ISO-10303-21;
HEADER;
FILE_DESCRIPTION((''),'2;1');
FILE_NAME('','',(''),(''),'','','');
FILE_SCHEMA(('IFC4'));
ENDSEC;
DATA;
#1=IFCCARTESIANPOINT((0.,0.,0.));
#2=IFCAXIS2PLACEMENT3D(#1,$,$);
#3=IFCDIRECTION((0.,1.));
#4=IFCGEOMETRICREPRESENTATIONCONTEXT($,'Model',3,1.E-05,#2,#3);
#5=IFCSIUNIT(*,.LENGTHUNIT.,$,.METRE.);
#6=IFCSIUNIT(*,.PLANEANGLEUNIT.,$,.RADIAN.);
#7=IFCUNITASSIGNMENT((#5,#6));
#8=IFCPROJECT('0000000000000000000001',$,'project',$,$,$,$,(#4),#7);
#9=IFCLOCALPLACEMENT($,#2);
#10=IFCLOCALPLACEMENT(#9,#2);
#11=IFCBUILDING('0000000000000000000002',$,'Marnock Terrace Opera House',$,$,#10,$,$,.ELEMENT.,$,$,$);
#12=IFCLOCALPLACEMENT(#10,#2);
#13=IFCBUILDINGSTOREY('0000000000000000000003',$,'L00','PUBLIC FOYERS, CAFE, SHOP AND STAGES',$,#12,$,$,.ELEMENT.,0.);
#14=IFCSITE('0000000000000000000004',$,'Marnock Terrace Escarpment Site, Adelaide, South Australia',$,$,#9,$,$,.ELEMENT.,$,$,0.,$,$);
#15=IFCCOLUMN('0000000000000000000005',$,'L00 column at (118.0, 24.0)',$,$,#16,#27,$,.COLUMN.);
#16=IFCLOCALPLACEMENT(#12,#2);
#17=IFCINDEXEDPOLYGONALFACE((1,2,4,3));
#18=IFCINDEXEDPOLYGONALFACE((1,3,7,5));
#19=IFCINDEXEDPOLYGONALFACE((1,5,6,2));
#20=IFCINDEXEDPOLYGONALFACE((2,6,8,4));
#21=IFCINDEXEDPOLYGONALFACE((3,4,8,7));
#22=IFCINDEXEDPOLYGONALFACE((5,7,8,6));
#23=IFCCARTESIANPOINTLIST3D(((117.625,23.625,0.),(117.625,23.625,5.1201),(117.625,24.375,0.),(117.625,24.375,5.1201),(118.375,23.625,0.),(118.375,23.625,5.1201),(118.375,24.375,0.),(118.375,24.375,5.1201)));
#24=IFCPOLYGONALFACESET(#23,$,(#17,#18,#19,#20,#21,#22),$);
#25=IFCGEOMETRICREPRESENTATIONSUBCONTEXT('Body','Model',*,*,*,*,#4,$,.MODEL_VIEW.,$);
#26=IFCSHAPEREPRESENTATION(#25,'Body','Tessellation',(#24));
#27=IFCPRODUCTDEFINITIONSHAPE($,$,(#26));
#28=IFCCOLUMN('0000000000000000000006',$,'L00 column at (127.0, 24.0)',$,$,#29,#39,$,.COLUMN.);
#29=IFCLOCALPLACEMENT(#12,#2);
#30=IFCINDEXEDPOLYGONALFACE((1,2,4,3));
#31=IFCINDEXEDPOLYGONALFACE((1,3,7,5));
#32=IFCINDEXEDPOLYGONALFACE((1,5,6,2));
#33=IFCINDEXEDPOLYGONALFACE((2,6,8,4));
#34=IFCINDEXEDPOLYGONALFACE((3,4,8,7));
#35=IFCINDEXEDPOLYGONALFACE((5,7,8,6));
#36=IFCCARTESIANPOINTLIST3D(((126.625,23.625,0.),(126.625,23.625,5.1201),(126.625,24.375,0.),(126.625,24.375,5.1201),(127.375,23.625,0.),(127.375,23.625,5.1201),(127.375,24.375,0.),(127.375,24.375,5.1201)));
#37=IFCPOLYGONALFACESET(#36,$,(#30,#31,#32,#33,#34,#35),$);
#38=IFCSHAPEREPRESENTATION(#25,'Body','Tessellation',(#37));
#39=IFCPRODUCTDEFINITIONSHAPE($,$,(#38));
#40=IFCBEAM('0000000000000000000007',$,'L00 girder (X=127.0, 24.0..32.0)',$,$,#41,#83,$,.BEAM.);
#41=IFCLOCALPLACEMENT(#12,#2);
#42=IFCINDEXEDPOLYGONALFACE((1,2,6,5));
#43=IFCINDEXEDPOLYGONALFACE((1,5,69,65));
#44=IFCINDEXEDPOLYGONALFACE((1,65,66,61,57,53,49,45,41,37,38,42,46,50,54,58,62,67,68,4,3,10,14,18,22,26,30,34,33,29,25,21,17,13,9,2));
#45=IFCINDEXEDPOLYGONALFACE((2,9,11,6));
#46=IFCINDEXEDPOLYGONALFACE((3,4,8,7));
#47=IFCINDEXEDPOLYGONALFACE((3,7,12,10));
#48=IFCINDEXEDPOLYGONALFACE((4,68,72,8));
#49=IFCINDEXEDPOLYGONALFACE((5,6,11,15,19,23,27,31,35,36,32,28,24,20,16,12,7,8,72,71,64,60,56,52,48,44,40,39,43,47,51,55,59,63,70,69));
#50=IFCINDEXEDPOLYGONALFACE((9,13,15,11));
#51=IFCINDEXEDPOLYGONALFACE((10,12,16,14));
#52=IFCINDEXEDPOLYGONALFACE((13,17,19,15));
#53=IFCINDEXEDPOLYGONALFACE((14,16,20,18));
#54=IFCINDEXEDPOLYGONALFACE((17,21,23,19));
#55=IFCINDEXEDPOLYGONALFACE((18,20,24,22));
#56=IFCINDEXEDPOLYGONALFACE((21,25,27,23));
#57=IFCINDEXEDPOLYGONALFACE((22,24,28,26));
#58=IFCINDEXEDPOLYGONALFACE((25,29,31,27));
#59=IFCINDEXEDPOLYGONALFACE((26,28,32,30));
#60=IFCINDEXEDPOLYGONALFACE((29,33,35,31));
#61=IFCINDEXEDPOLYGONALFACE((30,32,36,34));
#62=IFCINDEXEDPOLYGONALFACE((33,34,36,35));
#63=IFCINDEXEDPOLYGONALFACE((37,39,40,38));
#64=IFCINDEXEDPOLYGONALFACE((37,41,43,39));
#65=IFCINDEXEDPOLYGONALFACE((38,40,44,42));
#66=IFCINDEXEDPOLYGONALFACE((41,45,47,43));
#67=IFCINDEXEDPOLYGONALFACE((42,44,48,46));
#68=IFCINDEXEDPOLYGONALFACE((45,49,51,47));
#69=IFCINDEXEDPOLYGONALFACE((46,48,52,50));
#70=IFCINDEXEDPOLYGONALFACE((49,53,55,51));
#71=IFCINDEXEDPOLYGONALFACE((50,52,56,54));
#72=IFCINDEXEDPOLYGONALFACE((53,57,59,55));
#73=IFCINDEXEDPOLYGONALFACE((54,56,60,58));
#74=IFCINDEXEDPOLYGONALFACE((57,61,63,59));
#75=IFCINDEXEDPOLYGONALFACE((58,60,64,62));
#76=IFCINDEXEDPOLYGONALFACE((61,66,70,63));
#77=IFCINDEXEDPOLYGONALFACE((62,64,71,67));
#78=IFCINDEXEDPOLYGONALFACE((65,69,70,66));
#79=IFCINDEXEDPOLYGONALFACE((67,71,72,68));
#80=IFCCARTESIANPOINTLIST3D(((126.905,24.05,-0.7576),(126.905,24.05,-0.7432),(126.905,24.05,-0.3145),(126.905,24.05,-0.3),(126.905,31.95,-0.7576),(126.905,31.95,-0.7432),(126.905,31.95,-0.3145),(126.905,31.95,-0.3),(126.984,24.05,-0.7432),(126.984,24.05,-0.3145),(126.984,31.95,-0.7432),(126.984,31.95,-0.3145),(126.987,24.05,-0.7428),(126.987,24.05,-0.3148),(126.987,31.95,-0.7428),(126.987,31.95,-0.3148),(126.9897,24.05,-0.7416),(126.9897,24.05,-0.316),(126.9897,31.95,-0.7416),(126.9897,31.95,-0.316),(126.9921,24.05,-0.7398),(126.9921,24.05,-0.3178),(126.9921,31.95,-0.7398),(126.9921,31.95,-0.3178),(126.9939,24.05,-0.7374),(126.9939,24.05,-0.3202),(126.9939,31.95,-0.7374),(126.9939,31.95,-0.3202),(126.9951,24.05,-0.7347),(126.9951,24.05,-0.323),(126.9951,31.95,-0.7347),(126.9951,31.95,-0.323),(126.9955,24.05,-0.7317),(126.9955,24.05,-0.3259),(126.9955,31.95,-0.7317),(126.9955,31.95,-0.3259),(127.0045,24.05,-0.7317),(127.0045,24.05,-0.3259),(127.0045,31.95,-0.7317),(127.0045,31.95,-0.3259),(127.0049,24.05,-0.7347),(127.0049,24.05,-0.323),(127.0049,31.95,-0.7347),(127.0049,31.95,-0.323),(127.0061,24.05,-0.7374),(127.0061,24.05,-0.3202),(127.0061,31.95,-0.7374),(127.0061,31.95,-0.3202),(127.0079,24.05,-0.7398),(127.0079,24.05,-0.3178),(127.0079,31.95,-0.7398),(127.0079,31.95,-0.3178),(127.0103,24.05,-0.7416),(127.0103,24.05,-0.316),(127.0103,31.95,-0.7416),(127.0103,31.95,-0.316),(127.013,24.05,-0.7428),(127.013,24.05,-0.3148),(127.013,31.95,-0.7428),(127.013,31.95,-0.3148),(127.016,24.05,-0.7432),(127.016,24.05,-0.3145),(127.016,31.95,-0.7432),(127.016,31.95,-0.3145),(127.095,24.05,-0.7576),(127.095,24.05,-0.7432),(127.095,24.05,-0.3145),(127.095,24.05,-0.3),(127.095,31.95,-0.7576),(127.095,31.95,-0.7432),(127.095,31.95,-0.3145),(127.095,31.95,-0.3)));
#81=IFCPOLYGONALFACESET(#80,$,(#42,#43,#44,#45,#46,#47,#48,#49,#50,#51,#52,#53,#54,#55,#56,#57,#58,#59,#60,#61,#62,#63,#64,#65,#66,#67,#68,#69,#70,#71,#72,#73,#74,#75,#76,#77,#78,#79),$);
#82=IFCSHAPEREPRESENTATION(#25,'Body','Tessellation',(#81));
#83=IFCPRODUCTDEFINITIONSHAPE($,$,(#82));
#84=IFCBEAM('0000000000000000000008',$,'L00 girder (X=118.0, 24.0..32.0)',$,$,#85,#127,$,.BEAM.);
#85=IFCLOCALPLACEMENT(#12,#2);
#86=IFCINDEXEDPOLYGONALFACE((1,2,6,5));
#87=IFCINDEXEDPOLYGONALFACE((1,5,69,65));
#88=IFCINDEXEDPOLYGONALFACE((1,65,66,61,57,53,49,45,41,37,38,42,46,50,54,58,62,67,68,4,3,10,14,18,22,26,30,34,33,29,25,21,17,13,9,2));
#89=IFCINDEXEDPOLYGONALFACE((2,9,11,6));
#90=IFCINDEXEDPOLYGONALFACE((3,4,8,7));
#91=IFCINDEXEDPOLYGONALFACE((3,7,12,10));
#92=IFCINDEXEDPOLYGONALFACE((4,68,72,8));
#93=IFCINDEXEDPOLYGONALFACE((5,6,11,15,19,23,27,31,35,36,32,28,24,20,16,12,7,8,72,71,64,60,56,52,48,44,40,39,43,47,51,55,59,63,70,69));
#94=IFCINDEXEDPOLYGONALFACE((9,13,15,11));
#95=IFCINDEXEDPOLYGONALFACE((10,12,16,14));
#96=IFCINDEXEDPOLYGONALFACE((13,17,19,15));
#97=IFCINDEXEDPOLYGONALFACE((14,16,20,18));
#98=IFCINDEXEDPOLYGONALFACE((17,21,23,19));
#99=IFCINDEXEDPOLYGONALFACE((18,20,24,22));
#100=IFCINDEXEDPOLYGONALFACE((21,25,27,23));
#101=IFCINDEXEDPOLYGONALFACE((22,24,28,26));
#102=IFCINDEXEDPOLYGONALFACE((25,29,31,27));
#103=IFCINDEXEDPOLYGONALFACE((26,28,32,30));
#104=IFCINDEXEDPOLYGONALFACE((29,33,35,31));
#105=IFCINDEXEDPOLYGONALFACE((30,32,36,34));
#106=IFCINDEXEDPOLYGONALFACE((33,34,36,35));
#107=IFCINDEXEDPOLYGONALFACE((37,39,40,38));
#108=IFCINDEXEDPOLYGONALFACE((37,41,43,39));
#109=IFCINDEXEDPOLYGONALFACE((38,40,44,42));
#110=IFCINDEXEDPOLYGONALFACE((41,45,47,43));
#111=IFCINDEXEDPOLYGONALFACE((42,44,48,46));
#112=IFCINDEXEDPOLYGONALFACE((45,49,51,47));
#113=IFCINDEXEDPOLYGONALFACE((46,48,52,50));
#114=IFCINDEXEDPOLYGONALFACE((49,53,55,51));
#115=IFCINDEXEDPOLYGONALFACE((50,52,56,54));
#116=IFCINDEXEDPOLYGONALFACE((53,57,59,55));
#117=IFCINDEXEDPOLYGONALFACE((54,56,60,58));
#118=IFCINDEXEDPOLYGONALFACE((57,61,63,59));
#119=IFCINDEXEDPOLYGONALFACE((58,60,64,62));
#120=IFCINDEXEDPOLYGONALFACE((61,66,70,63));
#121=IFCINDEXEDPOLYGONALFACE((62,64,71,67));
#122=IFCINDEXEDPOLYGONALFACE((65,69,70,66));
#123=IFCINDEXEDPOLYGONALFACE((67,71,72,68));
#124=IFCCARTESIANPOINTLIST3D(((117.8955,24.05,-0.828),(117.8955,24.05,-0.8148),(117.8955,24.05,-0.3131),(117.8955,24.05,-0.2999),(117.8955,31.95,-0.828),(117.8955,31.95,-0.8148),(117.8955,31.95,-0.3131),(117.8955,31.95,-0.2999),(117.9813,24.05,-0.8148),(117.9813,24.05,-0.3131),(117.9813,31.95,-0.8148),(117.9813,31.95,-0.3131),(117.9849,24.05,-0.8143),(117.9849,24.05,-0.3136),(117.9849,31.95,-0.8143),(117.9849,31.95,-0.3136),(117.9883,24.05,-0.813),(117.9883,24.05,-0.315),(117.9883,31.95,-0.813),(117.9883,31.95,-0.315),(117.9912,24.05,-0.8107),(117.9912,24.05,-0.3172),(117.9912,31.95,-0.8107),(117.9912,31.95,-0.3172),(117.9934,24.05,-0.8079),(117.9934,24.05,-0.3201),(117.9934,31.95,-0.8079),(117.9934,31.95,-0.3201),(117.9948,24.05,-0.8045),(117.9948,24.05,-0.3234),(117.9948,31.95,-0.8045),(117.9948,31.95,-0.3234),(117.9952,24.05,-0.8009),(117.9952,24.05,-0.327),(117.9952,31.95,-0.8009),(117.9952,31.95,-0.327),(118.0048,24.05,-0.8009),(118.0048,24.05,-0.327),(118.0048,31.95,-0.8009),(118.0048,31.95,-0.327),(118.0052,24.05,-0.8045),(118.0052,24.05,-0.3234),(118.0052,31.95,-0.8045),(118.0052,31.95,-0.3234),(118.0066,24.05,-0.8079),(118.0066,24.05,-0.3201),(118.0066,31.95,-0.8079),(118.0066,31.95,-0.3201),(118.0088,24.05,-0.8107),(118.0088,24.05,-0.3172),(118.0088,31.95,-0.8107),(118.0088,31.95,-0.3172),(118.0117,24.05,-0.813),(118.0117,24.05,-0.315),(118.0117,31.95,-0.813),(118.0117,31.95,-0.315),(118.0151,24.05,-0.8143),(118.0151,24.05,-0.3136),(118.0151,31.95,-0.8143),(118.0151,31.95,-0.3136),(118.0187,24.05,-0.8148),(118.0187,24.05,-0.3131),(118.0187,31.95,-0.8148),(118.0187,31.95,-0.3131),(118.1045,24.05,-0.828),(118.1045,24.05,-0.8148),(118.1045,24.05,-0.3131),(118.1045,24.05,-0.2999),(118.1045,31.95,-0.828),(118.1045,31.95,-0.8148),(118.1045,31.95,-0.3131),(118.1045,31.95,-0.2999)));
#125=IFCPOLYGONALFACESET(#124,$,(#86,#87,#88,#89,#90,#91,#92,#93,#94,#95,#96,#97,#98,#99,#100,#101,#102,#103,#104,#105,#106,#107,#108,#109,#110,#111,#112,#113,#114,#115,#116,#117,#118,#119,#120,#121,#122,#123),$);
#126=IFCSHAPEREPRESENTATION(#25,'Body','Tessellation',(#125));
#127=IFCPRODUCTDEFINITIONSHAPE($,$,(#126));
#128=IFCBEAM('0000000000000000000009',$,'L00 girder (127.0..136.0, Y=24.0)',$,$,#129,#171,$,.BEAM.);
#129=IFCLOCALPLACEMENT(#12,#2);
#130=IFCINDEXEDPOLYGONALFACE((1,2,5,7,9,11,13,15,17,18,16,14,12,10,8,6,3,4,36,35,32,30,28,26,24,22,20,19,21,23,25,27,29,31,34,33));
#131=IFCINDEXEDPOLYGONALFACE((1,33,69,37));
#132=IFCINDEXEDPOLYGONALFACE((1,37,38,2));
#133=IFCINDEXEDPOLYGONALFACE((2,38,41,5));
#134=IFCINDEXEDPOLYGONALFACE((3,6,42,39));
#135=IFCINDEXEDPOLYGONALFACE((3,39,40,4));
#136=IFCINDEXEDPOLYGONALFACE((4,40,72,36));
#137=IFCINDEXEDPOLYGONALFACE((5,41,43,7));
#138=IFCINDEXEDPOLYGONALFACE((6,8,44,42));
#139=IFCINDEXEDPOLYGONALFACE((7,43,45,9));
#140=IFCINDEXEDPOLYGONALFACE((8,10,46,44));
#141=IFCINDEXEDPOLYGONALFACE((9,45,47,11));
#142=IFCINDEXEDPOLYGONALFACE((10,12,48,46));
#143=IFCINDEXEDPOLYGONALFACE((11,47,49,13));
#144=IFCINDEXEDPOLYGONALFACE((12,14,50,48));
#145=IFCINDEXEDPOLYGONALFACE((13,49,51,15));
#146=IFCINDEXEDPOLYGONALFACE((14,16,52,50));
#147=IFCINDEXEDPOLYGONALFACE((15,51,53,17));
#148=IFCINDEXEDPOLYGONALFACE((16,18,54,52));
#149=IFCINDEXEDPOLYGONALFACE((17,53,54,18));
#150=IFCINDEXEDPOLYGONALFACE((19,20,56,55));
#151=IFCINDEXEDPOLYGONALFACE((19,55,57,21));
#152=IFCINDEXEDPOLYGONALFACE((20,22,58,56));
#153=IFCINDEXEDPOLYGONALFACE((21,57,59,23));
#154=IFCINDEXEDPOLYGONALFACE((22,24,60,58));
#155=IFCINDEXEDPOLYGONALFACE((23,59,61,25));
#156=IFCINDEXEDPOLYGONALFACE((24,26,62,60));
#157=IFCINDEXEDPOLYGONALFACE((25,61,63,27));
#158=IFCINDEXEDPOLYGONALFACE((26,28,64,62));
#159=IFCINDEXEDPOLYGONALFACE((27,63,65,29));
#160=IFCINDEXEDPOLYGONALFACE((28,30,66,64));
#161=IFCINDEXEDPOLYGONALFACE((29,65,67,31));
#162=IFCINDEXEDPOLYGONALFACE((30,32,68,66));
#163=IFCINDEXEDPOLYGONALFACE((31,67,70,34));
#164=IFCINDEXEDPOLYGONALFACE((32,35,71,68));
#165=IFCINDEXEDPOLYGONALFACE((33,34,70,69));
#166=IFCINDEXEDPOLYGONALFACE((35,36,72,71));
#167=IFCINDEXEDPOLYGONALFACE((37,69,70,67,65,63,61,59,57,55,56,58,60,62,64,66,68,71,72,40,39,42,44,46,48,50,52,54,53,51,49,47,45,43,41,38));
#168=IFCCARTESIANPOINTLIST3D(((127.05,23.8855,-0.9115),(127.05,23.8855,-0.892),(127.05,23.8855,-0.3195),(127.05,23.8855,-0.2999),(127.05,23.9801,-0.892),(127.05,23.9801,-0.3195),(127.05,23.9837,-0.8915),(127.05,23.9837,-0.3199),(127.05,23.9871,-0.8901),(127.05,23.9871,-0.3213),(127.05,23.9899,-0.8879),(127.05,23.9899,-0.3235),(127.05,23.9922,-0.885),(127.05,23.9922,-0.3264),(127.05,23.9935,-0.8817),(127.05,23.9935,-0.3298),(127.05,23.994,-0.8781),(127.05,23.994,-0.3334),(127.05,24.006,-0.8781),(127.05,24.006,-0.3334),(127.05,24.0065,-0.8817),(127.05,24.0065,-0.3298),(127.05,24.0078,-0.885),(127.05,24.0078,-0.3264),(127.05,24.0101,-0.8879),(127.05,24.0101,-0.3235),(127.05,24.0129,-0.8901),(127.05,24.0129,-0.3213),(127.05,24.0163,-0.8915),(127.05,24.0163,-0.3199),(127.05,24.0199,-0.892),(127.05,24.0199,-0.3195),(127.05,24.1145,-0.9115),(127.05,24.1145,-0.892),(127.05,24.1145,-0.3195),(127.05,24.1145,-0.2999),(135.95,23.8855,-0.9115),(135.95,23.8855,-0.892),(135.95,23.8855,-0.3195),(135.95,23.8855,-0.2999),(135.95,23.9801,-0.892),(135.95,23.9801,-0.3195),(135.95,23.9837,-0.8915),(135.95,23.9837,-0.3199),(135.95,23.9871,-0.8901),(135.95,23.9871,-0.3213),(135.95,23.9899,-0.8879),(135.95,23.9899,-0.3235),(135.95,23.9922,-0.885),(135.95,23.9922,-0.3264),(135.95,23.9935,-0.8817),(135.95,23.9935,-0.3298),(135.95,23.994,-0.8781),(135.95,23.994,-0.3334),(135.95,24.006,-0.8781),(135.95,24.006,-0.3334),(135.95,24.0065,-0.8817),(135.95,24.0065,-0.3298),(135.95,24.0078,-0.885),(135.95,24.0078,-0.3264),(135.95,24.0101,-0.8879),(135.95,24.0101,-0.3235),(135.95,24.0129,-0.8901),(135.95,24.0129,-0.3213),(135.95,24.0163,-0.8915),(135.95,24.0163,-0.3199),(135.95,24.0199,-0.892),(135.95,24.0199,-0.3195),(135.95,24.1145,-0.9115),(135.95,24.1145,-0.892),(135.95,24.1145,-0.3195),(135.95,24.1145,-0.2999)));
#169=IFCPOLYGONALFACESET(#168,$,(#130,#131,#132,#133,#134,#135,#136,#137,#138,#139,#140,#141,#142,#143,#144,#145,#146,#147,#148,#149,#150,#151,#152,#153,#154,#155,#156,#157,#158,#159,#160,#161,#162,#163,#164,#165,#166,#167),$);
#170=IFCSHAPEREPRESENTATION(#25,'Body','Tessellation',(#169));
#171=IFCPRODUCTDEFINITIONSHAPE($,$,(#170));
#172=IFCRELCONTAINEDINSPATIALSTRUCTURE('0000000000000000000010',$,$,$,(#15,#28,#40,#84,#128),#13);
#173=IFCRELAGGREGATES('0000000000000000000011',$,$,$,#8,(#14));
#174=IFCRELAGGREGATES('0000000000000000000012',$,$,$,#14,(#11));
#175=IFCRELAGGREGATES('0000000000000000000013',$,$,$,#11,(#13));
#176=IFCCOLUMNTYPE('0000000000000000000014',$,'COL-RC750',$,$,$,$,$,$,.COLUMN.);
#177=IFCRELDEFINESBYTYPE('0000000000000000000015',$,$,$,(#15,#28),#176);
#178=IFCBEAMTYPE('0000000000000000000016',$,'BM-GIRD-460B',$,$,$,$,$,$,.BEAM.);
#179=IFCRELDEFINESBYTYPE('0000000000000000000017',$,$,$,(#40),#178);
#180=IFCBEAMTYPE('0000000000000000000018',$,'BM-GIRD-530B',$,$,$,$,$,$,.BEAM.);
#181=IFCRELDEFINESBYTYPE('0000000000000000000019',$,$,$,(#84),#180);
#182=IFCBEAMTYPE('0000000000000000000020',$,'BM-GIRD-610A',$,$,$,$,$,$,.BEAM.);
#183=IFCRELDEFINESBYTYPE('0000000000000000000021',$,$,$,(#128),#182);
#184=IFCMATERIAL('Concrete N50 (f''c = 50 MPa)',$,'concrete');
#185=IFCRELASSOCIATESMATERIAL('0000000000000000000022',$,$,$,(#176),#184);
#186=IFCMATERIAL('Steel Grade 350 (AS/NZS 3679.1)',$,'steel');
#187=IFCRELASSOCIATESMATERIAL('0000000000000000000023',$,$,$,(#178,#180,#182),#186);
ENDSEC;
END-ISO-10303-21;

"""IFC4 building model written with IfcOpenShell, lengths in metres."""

from ifc_helpers import new_model, si_unit, direction, frame, origin, origin_2d, place, context, subcontext, project, spatial, rectangle, i_section, extrude, material, material_profile, profile_set, type_object, element, save


model = new_model("IFC4")

# Units and contexts
model_context = context("Model", 3, precision=1e-05, world=origin(), true_north=direction((0.0, 1.0)))
body_context = subcontext(model_context, "Body", "Model", "MODEL_VIEW")
ifc_project = project(units=[si_unit("LENGTHUNIT", "METRE"), si_unit("PLANEANGLEUNIT", "RADIAN")], contexts=[model_context])

# Site, building, storey
site_placement = place(None, origin())
site = spatial("IfcSite", under=ifc_project, at=site_placement, Name="Marnock Terrace Escarpment Site, Adelaide, South Australia", CompositionType="ELEMENT", RefElevation=0.0)
building_placement = place(site_placement, origin())
building = spatial("IfcBuilding", under=site, at=building_placement, Name="Marnock Terrace Opera House", CompositionType="ELEMENT")
storey_placement = place(building_placement, origin())
storey = spatial("IfcBuildingStorey", under=building, at=storey_placement, Name="L00", Description="PUBLIC FOYERS, CAFE, SHOP AND STAGES", CompositionType="ELEMENT", Elevation=0.0)

# Columns
ifc_material_1 = material(Name="Concrete N50 (f'c = 50 MPa)", Category="concrete")
ifc_material_profile_1 = material_profile(ifc_material_1, rectangle(XDim=0.75, YDim=0.75, at=origin_2d()))
ifc_profile_set_1 = profile_set([ifc_material_profile_1], Name="Concrete N50 (f'c = 50 MPa)")
column_type = type_object("IfcColumnType", Name="COL-RC750", PredefinedType="COLUMN", material=ifc_profile_set_1)
for number, where, z_axis, x_axis, name in (
    (1, (118.0, 24.0, 0.0), (0.0, 0.0, 1.0), (1.0, 0.0, 0.0), "L00 column at (118.0, 24.0)"),
    (2, (127.0, 24.0, 0.0), (0.0, 0.0, 1.0), (1.0, 0.0, 0.0), "L00 column at (127.0, 24.0)"),
):
    element("IfcColumn", number, at=place(storey_placement, frame(where, z_axis=z_axis, x_axis=x_axis)), inside=storey, type_object=column_type, Name=name, PredefinedType="COLUMN", context=body_context, shape_type="SweptSolid", body=[
        extrude(rectangle(XDim=0.75, YDim=0.75, at=origin_2d()), origin(), (0.0, 0.0, 1.0), 5.1201),
    ])

# Beams
ifc_material_2 = material(Name="Steel Grade 350 (AS/NZS 3679.1)", Category="steel")
ifc_material_profile_2 = material_profile(ifc_material_2, i_section(OverallWidth=0.1899, OverallDepth=0.4575, WebThickness=0.009, FlangeThickness=0.0144, FilletRadius=0.0115, at=origin_2d()))
ifc_profile_set_2 = profile_set([ifc_material_profile_2], Name="Steel Grade 350 (AS/NZS 3679.1)")
beam_type_1 = type_object("IfcBeamType", Name="BM-GIRD-460B", PredefinedType="BEAM", material=ifc_profile_set_2)
beam_1_placement = place(storey_placement, frame((127.0, 24.05, -0.5288), z_axis=(0.0, 1.0, 0.0), x_axis=(-1.0, 0.0, 0.0)))
element("IfcBeam", 3, at=beam_1_placement, inside=storey, type_object=beam_type_1, Name="L00 girder (X=127.0, 24.0..32.0)", PredefinedType="BEAM", context=body_context, shape_type="SweptSolid", body=[
    extrude(i_section(OverallWidth=0.1899, OverallDepth=0.4575, WebThickness=0.009, FlangeThickness=0.0144, FilletRadius=0.0115, at=origin_2d()), origin(), (0.0, 0.0, 1.0), 7.8999),
])
ifc_material_profile_3 = material_profile(ifc_material_2, i_section(OverallWidth=0.209, OverallDepth=0.5281, WebThickness=0.0095, FlangeThickness=0.0132, FilletRadius=0.0139, at=origin_2d()))
ifc_profile_set_3 = profile_set([ifc_material_profile_3], Name="Steel Grade 350 (AS/NZS 3679.1)")
beam_type_2 = type_object("IfcBeamType", Name="BM-GIRD-530B", PredefinedType="BEAM", material=ifc_profile_set_3)
beam_2_placement = place(storey_placement, frame((118.0, 24.05, -0.564), z_axis=(0.0, 1.0, 0.0), x_axis=(-1.0, 0.0, 0.0)))
element("IfcBeam", 4, at=beam_2_placement, inside=storey, type_object=beam_type_2, Name="L00 girder (X=118.0, 24.0..32.0)", PredefinedType="BEAM", context=body_context, shape_type="SweptSolid", body=[
    extrude(i_section(OverallWidth=0.209, OverallDepth=0.5281, WebThickness=0.0095, FlangeThickness=0.0132, FilletRadius=0.0139, at=origin_2d()), origin(), (0.0, 0.0, 1.0), 7.8999),
])
ifc_material_profile_4 = material_profile(ifc_material_2, i_section(OverallWidth=0.229, OverallDepth=0.6116, WebThickness=0.012, FlangeThickness=0.0195, FilletRadius=0.0139, at=origin_2d()))
ifc_profile_set_4 = profile_set([ifc_material_profile_4], Name="Steel Grade 350 (AS/NZS 3679.1)")
beam_type_3 = type_object("IfcBeamType", Name="BM-GIRD-610A", PredefinedType="BEAM", material=ifc_profile_set_4)
beam_3_placement = place(storey_placement, frame((127.05, 24.0, -0.6057), z_axis=(1.0, 0.0, 0.0), x_axis=(0.0, 1.0, 0.0)))
element("IfcBeam", 5, at=beam_3_placement, inside=storey, type_object=beam_type_3, Name="L00 girder (127.0..136.0, Y=24.0)", PredefinedType="BEAM", context=body_context, shape_type="SweptSolid", body=[
    extrude(i_section(OverallWidth=0.229, OverallDepth=0.6116, WebThickness=0.012, FlangeThickness=0.0195, FilletRadius=0.0139, at=origin_2d()), origin(), (0.0, 0.0, 1.0), 8.8999),
])

save(model, "model.ifc")
